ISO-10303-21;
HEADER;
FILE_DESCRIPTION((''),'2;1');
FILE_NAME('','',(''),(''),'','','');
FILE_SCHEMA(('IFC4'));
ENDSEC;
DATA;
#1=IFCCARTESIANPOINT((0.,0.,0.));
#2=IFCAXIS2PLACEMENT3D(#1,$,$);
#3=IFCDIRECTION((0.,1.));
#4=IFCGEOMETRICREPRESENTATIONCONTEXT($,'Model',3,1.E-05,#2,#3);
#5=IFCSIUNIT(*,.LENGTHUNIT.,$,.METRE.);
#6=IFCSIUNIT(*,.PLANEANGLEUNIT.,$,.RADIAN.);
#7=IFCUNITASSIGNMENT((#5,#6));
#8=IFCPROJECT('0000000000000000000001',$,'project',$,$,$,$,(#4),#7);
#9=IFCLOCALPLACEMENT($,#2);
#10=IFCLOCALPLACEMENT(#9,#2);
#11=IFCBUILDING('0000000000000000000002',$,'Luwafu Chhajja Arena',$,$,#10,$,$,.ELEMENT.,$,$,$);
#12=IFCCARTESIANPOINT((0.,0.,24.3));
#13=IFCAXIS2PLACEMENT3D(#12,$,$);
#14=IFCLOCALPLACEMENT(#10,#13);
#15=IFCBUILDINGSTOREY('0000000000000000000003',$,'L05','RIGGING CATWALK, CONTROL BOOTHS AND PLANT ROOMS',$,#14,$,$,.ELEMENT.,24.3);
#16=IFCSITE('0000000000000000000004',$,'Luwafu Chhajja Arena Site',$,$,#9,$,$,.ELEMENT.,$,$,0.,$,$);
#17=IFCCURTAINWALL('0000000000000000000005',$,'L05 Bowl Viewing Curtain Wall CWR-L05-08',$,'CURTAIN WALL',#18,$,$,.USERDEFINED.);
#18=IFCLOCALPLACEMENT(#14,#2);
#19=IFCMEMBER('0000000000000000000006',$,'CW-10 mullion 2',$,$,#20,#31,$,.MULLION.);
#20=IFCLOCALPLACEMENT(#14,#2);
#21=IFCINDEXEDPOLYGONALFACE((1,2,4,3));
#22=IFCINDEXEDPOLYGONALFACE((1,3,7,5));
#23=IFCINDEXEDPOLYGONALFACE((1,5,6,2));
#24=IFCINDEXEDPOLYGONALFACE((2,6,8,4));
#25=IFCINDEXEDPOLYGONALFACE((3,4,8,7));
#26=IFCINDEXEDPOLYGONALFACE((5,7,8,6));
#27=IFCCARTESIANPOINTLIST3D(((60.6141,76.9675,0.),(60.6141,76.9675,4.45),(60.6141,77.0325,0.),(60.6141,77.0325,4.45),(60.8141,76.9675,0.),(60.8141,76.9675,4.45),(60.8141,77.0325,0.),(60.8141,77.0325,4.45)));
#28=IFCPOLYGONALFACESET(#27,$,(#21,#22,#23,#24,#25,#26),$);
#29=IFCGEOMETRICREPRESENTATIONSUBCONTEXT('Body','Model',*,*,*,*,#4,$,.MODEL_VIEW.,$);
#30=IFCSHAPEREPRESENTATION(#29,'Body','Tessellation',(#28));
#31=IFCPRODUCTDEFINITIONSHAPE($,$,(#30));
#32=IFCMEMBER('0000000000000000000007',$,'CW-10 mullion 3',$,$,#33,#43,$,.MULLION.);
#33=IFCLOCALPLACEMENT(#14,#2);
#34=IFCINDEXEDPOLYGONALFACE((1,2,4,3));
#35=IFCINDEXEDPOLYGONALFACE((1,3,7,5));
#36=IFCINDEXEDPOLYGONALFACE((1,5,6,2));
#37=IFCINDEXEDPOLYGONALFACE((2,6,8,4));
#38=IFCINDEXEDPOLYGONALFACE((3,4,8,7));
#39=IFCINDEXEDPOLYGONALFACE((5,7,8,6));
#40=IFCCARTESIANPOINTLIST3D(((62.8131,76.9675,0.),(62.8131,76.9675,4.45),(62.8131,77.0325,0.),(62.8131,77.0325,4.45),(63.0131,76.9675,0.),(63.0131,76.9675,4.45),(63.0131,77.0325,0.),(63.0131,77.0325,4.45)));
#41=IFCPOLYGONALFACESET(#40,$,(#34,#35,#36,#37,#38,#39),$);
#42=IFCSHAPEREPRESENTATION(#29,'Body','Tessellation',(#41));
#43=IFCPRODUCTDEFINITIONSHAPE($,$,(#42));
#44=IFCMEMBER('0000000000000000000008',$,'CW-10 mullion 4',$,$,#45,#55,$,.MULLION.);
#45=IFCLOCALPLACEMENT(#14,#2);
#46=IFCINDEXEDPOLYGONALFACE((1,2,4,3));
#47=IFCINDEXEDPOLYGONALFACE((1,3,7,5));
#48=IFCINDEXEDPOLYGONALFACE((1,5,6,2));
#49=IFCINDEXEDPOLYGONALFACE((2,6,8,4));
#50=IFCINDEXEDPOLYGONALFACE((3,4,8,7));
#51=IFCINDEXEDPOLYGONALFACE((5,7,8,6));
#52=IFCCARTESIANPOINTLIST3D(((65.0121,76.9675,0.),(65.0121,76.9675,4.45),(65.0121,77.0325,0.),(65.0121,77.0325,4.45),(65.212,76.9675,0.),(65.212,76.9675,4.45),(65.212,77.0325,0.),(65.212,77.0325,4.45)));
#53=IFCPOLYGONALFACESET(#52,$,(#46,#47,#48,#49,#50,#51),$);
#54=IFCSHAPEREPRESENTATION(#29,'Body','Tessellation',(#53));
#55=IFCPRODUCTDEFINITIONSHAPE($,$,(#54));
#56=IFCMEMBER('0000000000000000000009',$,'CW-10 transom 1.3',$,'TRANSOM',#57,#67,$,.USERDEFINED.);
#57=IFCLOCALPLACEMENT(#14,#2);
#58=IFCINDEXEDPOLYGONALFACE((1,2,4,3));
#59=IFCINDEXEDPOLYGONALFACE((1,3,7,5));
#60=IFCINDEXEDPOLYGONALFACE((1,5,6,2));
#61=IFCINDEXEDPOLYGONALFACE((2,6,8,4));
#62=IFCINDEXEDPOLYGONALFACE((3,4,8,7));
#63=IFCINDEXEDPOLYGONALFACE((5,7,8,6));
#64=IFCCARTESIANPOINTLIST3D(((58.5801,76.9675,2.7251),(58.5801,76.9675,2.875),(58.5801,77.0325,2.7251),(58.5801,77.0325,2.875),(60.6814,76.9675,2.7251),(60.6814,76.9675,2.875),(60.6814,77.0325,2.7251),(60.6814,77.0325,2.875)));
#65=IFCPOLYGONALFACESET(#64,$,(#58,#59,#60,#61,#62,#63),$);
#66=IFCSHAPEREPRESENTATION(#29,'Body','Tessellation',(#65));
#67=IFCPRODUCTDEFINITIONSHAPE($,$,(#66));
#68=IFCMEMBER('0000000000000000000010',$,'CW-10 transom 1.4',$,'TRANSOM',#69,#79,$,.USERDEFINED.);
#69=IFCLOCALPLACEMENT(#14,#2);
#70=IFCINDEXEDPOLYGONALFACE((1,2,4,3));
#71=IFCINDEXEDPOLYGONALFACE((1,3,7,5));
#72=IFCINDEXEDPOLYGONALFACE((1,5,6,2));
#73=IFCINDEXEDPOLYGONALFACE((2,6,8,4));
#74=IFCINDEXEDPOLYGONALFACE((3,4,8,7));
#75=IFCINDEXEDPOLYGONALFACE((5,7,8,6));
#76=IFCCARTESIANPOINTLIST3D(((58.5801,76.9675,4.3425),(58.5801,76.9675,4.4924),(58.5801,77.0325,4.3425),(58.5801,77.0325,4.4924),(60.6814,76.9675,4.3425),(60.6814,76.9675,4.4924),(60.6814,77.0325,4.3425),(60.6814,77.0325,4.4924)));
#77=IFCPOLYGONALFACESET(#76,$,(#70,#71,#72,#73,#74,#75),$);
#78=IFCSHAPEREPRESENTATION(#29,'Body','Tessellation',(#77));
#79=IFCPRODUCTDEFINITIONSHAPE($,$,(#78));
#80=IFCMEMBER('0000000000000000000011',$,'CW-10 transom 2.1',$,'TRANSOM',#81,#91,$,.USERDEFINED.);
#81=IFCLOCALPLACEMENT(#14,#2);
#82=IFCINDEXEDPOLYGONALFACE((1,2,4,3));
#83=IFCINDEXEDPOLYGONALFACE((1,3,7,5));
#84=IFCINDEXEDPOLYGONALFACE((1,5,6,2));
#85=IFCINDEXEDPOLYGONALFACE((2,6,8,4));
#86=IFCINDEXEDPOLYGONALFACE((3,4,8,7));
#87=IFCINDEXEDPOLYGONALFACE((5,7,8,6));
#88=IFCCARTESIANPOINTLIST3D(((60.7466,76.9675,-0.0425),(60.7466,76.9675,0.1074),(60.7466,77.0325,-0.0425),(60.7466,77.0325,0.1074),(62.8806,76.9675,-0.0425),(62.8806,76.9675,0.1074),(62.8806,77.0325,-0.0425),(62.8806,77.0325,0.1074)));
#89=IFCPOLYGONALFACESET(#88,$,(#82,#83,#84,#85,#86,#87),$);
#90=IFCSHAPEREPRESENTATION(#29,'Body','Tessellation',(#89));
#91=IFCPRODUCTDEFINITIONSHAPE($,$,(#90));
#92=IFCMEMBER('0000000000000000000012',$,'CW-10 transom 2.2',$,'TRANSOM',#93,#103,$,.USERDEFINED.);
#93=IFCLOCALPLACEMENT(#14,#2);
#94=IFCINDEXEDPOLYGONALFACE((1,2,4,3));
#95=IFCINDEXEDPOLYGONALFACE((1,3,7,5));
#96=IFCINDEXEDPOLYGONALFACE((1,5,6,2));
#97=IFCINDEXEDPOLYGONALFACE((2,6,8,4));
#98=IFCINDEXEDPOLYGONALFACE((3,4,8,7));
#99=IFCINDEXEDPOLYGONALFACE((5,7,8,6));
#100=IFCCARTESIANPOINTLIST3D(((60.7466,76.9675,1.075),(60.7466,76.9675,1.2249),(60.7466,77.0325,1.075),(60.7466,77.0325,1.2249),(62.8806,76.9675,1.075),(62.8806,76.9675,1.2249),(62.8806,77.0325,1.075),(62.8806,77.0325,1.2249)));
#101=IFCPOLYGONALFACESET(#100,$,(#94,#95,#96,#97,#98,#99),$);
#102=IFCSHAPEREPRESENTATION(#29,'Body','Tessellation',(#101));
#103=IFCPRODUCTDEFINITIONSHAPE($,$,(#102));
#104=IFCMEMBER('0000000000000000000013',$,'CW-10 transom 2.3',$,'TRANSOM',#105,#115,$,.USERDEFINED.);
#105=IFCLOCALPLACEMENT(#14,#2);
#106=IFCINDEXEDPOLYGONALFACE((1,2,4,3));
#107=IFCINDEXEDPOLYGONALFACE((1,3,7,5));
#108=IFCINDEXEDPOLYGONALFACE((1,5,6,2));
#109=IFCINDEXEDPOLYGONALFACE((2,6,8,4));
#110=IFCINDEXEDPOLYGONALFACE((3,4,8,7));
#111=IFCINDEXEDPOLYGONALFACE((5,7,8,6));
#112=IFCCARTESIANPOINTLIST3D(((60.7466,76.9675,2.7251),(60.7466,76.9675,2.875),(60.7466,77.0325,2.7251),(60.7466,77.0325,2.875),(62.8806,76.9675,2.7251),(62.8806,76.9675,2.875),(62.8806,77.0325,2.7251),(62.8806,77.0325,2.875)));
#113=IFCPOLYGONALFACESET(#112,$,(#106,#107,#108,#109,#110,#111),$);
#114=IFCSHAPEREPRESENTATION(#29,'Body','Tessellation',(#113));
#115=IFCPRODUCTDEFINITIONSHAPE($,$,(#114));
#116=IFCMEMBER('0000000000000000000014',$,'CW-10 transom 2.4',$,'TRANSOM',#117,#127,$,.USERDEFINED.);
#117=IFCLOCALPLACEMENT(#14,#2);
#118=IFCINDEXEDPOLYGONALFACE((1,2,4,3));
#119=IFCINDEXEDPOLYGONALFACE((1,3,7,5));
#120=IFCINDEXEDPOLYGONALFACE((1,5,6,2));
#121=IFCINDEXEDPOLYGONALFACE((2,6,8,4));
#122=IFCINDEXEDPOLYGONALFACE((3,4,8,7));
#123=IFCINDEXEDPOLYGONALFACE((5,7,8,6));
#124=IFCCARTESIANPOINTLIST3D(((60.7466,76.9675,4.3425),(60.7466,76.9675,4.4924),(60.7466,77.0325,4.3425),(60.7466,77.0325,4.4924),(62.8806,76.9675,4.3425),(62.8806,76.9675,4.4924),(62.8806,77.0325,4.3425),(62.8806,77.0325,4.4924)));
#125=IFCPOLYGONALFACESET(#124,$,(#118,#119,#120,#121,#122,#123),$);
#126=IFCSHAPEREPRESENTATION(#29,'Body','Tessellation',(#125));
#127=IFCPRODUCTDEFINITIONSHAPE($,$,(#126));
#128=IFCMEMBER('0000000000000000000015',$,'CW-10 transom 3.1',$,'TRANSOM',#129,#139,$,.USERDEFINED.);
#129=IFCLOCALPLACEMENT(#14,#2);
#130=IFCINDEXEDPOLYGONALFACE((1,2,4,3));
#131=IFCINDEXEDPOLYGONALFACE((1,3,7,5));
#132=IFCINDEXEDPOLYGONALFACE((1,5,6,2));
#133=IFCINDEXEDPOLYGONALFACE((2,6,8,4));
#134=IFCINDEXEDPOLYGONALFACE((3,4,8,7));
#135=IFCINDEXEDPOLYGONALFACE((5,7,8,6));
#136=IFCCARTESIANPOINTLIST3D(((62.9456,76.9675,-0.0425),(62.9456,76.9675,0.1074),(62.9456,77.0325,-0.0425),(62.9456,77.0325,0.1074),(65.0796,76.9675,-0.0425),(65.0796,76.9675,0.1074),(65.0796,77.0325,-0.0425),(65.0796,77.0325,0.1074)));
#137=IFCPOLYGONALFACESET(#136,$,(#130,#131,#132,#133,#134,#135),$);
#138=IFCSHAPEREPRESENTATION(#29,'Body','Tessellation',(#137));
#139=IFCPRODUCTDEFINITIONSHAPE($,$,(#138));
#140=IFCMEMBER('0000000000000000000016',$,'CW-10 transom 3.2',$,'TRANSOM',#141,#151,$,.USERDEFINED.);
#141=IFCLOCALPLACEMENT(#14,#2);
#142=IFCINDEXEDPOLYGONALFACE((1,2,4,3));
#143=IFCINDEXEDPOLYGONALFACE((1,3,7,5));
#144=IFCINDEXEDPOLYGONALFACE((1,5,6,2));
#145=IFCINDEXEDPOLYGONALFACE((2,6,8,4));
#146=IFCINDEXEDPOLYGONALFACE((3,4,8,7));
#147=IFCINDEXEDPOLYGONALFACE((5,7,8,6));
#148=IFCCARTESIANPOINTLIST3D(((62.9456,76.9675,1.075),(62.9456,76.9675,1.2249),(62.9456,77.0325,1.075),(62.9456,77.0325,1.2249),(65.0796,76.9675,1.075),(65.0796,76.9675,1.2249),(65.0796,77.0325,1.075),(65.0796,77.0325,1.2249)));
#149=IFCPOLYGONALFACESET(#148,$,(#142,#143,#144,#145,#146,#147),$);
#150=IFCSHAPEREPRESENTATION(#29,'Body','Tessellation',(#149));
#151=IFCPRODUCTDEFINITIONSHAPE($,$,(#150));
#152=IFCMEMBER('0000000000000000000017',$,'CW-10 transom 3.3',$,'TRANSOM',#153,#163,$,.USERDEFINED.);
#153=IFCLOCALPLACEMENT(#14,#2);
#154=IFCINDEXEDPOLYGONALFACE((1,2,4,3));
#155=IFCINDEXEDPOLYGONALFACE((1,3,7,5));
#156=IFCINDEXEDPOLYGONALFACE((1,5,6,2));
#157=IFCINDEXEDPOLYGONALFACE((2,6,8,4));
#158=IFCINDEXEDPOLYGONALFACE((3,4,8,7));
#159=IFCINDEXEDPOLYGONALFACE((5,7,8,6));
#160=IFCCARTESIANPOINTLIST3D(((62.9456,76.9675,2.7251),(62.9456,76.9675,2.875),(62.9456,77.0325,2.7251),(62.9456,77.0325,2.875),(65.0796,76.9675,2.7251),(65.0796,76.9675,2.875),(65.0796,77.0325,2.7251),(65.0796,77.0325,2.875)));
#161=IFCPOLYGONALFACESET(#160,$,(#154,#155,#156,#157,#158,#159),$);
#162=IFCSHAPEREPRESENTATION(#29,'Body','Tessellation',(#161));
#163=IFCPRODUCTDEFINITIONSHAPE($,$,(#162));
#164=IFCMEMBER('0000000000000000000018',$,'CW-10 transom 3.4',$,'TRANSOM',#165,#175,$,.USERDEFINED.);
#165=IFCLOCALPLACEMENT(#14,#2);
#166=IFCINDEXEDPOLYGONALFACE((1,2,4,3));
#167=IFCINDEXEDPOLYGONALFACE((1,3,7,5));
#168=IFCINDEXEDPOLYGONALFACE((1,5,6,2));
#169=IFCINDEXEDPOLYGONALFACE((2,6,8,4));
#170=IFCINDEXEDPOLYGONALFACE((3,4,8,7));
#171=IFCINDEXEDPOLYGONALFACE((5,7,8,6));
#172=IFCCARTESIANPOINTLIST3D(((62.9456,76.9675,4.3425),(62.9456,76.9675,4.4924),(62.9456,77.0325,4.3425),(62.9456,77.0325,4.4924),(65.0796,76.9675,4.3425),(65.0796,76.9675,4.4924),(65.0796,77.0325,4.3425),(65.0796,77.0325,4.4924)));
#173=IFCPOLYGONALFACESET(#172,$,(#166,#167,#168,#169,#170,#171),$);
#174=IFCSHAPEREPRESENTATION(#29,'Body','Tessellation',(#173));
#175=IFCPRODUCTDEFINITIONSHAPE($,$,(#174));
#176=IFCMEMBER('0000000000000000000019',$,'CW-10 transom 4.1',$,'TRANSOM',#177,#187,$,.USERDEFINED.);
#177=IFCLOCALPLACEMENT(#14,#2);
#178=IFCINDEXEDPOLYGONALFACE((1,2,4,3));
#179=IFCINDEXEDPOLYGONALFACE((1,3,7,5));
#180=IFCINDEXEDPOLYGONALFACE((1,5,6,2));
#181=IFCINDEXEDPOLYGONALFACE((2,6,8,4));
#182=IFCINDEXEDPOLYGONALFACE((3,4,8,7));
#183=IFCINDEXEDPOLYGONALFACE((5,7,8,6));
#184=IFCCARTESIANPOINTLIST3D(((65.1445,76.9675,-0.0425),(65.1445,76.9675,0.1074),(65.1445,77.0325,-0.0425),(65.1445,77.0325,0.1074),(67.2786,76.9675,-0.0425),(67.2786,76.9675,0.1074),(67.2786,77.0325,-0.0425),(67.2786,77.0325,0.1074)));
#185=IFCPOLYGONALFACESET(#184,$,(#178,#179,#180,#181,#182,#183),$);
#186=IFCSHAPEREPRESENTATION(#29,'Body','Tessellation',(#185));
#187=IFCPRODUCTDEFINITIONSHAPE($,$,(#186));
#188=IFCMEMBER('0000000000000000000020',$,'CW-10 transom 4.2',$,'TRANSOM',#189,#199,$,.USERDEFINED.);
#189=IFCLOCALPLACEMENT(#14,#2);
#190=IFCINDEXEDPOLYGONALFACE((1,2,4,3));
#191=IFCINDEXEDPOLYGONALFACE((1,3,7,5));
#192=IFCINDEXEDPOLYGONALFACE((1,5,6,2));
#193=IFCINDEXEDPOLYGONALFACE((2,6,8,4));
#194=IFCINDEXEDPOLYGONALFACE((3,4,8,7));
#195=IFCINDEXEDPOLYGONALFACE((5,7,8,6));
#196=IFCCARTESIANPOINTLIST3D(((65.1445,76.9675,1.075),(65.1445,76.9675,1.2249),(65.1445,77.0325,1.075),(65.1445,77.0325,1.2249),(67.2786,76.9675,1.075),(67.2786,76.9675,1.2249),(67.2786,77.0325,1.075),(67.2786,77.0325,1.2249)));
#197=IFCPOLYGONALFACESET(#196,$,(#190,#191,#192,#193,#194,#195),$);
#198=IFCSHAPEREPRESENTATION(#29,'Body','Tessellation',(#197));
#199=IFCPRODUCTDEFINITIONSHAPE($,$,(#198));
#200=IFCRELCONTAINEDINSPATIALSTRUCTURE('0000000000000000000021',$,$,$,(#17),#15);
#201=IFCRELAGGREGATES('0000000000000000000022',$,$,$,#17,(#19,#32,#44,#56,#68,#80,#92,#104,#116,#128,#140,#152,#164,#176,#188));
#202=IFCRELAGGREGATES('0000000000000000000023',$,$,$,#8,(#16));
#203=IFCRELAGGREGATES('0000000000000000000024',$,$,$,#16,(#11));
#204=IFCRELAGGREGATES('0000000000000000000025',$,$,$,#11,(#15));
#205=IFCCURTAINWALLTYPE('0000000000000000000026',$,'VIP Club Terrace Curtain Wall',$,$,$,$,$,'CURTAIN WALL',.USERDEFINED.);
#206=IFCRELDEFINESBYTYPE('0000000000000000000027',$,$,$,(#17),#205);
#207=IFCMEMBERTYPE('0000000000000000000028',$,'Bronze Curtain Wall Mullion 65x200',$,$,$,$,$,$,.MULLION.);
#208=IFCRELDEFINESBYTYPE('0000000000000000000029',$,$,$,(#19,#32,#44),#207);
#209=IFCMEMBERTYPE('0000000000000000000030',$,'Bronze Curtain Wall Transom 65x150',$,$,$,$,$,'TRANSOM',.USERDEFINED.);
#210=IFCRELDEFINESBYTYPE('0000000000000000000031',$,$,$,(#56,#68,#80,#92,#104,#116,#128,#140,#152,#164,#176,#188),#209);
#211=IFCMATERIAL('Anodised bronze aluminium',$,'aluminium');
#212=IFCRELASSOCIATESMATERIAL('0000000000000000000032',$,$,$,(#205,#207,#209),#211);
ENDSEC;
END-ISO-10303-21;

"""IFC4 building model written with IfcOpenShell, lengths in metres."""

from ifc_helpers import new_model, si_unit, direction, frame, origin, origin_2d, place, context, subcontext, project, spatial, rectangle, extrude, material, material_profile, profile_set, type_object, element, aggregate, save


model = new_model("IFC4")

# Units and contexts
model_context = context("Model", 3, precision=1e-05, world=origin(), true_north=direction((0.0, 1.0)))
body_context = subcontext(model_context, "Body", "Model", "MODEL_VIEW")
ifc_project = project(units=[si_unit("LENGTHUNIT", "METRE"), si_unit("PLANEANGLEUNIT", "RADIAN")], contexts=[model_context])

# Site, building, storey
site_placement = place(None, origin())
site = spatial("IfcSite", under=ifc_project, at=site_placement, Name="Luwafu Chhajja Arena Site", CompositionType="ELEMENT", RefElevation=0.0)
building_placement = place(site_placement, origin())
building = spatial("IfcBuilding", under=site, at=building_placement, Name="Luwafu Chhajja Arena", CompositionType="ELEMENT")
storey_placement = place(building_placement, frame((0.0, 0.0, 24.3)))
storey = spatial("IfcBuildingStorey", under=building, at=storey_placement, Name="L05", Description="RIGGING CATWALK, CONTROL BOOTHS AND PLANT ROOMS", CompositionType="ELEMENT", Elevation=24.3)

# Curtain wall, members
ifc_material_1 = material(Name="Anodised bronze aluminium", Category="aluminium")
curtain_wall_type = type_object("IfcCurtainWallType", Name="VIP Club Terrace Curtain Wall", ElementType="CURTAIN WALL", PredefinedType="USERDEFINED", material=ifc_material_1)
curtain_wall_placement = place(storey_placement, origin())
curtain_wall = element("IfcCurtainWall", 1, at=curtain_wall_placement, inside=storey, type_object=curtain_wall_type, Name="L05 Bowl Viewing Curtain Wall CWR-L05-08", ObjectType="CURTAIN WALL", PredefinedType="USERDEFINED")
ifc_material_profile_1 = material_profile(ifc_material_1, rectangle(XDim=0.0649, YDim=0.2, at=origin_2d()), Name="CWM 65x200")
ifc_profile_set_1 = profile_set([ifc_material_profile_1], Name="Anodised bronze aluminium")
member_type_1 = type_object("IfcMemberType", Name="Bronze Curtain Wall Mullion 65x200", PredefinedType="MULLION", material=ifc_profile_set_1)
member_1_placement = place(storey_placement, frame((60.7141, 77.0, 0.0), z_axis=(0.0, 0.0, 1.0), x_axis=(0.0, 1.0, 0.0)))
member_1 = element("IfcMember", 2, at=member_1_placement, type_object=member_type_1, Name="CW-10 mullion 2", PredefinedType="MULLION", context=body_context, shape_type="SweptSolid", body=[
    extrude(rectangle(XDim=0.0649, YDim=0.2, at=origin_2d()), origin(), (0.0, 0.0, 1.0), 4.45),
])
member_2_placement = place(storey_placement, frame((62.9131, 77.0, 0.0), z_axis=(0.0, 0.0, 1.0), x_axis=(0.0, 1.0, 0.0)))
member_2 = element("IfcMember", 3, at=member_2_placement, type_object=member_type_1, Name="CW-10 mullion 3", PredefinedType="MULLION", context=body_context, shape_type="SweptSolid", body=[
    extrude(rectangle(XDim=0.0649, YDim=0.2, at=origin_2d()), origin(), (0.0, 0.0, 1.0), 4.45),
])
member_3_placement = place(storey_placement, frame((65.1121, 77.0, 0.0), z_axis=(0.0, 0.0, 1.0), x_axis=(0.0, 1.0, 0.0)))
member_3 = element("IfcMember", 4, at=member_3_placement, type_object=member_type_1, Name="CW-10 mullion 4", PredefinedType="MULLION", context=body_context, shape_type="SweptSolid", body=[
    extrude(rectangle(XDim=0.0649, YDim=0.2, at=origin_2d()), origin(), (0.0, 0.0, 1.0), 4.45),
])
ifc_material_profile_2 = material_profile(ifc_material_1, rectangle(XDim=0.0649, YDim=0.1499, at=origin_2d()), Name="CWT 65x150")
ifc_profile_set_2 = profile_set([ifc_material_profile_2], Name="Anodised bronze aluminium")
member_type_2 = type_object("IfcMemberType", Name="Bronze Curtain Wall Transom 65x150", ElementType="TRANSOM", PredefinedType="USERDEFINED", material=ifc_profile_set_2)
member_4_placement = place(storey_placement, frame((58.5801, 77.0, 2.8), z_axis=(1.0, 0.0, 0.0), x_axis=(0.0, 1.0, 0.0)))
member_4 = element("IfcMember", 5, at=member_4_placement, type_object=member_type_2, Name="CW-10 transom 1.3", ObjectType="TRANSOM", PredefinedType="USERDEFINED", context=body_context, shape_type="SweptSolid", body=[
    extrude(rectangle(XDim=0.0649, YDim=0.1499, at=origin_2d()), origin(), (0.0, 0.0, 1.0), 2.1013),
])
member_5_placement = place(storey_placement, frame((58.5801, 77.0, 4.4175), z_axis=(1.0, 0.0, 0.0), x_axis=(0.0, 1.0, 0.0)))
member_5 = element("IfcMember", 6, at=member_5_placement, type_object=member_type_2, Name="CW-10 transom 1.4", ObjectType="TRANSOM", PredefinedType="USERDEFINED", context=body_context, shape_type="SweptSolid", body=[
    extrude(rectangle(XDim=0.0649, YDim=0.1499, at=origin_2d()), origin(), (0.0, 0.0, 1.0), 2.1013),
])
member_6_placement = place(storey_placement, frame((60.7466, 77.0, 0.0325), z_axis=(1.0, 0.0, 0.0), x_axis=(0.0, 1.0, 0.0)))
member_6 = element("IfcMember", 7, at=member_6_placement, type_object=member_type_2, Name="CW-10 transom 2.1", ObjectType="TRANSOM", PredefinedType="USERDEFINED", context=body_context, shape_type="SweptSolid", body=[
    extrude(rectangle(XDim=0.0649, YDim=0.1499, at=origin_2d()), origin(), (0.0, 0.0, 1.0), 2.134),
])
member_7_placement = place(storey_placement, frame((60.7466, 77.0, 1.1499), z_axis=(1.0, 0.0, 0.0), x_axis=(0.0, 1.0, 0.0)))
member_7 = element("IfcMember", 8, at=member_7_placement, type_object=member_type_2, Name="CW-10 transom 2.2", ObjectType="TRANSOM", PredefinedType="USERDEFINED", context=body_context, shape_type="SweptSolid", body=[
    extrude(rectangle(XDim=0.0649, YDim=0.1499, at=origin_2d()), origin(), (0.0, 0.0, 1.0), 2.134),
])
member_8_placement = place(storey_placement, frame((60.7466, 77.0, 2.8), z_axis=(1.0, 0.0, 0.0), x_axis=(0.0, 1.0, 0.0)))
member_8 = element("IfcMember", 9, at=member_8_placement, type_object=member_type_2, Name="CW-10 transom 2.3", ObjectType="TRANSOM", PredefinedType="USERDEFINED", context=body_context, shape_type="SweptSolid", body=[
    extrude(rectangle(XDim=0.0649, YDim=0.1499, at=origin_2d()), origin(), (0.0, 0.0, 1.0), 2.134),
])
member_9_placement = place(storey_placement, frame((60.7466, 77.0, 4.4175), z_axis=(1.0, 0.0, 0.0), x_axis=(0.0, 1.0, 0.0)))
member_9 = element("IfcMember", 10, at=member_9_placement, type_object=member_type_2, Name="CW-10 transom 2.4", ObjectType="TRANSOM", PredefinedType="USERDEFINED", context=body_context, shape_type="SweptSolid", body=[
    extrude(rectangle(XDim=0.0649, YDim=0.1499, at=origin_2d()), origin(), (0.0, 0.0, 1.0), 2.134),
])
member_10_placement = place(storey_placement, frame((62.9456, 77.0, 0.0325), z_axis=(1.0, 0.0, 0.0), x_axis=(0.0, 1.0, 0.0)))
member_10 = element("IfcMember", 11, at=member_10_placement, type_object=member_type_2, Name="CW-10 transom 3.1", ObjectType="TRANSOM", PredefinedType="USERDEFINED", context=body_context, shape_type="SweptSolid", body=[
    extrude(rectangle(XDim=0.0649, YDim=0.1499, at=origin_2d()), origin(), (0.0, 0.0, 1.0), 2.134),
])
member_11_placement = place(storey_placement, frame((62.9456, 77.0, 1.1499), z_axis=(1.0, 0.0, 0.0), x_axis=(0.0, 1.0, 0.0)))
member_11 = element("IfcMember", 12, at=member_11_placement, type_object=member_type_2, Name="CW-10 transom 3.2", ObjectType="TRANSOM", PredefinedType="USERDEFINED", context=body_context, shape_type="SweptSolid", body=[
    extrude(rectangle(XDim=0.0649, YDim=0.1499, at=origin_2d()), origin(), (0.0, 0.0, 1.0), 2.134),
])
member_12_placement = place(storey_placement, frame((62.9456, 77.0, 2.8), z_axis=(1.0, 0.0, 0.0), x_axis=(0.0, 1.0, 0.0)))
member_12 = element("IfcMember", 13, at=member_12_placement, type_object=member_type_2, Name="CW-10 transom 3.3", ObjectType="TRANSOM", PredefinedType="USERDEFINED", context=body_context, shape_type="SweptSolid", body=[
    extrude(rectangle(XDim=0.0649, YDim=0.1499, at=origin_2d()), origin(), (0.0, 0.0, 1.0), 2.134),
])
member_13_placement = place(storey_placement, frame((62.9456, 77.0, 4.4175), z_axis=(1.0, 0.0, 0.0), x_axis=(0.0, 1.0, 0.0)))
member_13 = element("IfcMember", 14, at=member_13_placement, type_object=member_type_2, Name="CW-10 transom 3.4", ObjectType="TRANSOM", PredefinedType="USERDEFINED", context=body_context, shape_type="SweptSolid", body=[
    extrude(rectangle(XDim=0.0649, YDim=0.1499, at=origin_2d()), origin(), (0.0, 0.0, 1.0), 2.134),
])
member_14_placement = place(storey_placement, frame((65.1445, 77.0, 0.0325), z_axis=(1.0, 0.0, 0.0), x_axis=(0.0, 1.0, 0.0)))
member_14 = element("IfcMember", 15, at=member_14_placement, type_object=member_type_2, Name="CW-10 transom 4.1", ObjectType="TRANSOM", PredefinedType="USERDEFINED", context=body_context, shape_type="SweptSolid", body=[
    extrude(rectangle(XDim=0.0649, YDim=0.1499, at=origin_2d()), origin(), (0.0, 0.0, 1.0), 2.134),
])
member_15_placement = place(storey_placement, frame((65.1445, 77.0, 1.1499), z_axis=(1.0, 0.0, 0.0), x_axis=(0.0, 1.0, 0.0)))
member_15 = element("IfcMember", 16, at=member_15_placement, type_object=member_type_2, Name="CW-10 transom 4.2", ObjectType="TRANSOM", PredefinedType="USERDEFINED", context=body_context, shape_type="SweptSolid", body=[
    extrude(rectangle(XDim=0.0649, YDim=0.1499, at=origin_2d()), origin(), (0.0, 0.0, 1.0), 2.134),
])
aggregate(curtain_wall, [member_1, member_2, member_3, member_4, member_5, member_6, member_7, member_8, member_9, member_10, member_11, member_12, member_13, member_14, member_15])

save(model, "model.ifc")
